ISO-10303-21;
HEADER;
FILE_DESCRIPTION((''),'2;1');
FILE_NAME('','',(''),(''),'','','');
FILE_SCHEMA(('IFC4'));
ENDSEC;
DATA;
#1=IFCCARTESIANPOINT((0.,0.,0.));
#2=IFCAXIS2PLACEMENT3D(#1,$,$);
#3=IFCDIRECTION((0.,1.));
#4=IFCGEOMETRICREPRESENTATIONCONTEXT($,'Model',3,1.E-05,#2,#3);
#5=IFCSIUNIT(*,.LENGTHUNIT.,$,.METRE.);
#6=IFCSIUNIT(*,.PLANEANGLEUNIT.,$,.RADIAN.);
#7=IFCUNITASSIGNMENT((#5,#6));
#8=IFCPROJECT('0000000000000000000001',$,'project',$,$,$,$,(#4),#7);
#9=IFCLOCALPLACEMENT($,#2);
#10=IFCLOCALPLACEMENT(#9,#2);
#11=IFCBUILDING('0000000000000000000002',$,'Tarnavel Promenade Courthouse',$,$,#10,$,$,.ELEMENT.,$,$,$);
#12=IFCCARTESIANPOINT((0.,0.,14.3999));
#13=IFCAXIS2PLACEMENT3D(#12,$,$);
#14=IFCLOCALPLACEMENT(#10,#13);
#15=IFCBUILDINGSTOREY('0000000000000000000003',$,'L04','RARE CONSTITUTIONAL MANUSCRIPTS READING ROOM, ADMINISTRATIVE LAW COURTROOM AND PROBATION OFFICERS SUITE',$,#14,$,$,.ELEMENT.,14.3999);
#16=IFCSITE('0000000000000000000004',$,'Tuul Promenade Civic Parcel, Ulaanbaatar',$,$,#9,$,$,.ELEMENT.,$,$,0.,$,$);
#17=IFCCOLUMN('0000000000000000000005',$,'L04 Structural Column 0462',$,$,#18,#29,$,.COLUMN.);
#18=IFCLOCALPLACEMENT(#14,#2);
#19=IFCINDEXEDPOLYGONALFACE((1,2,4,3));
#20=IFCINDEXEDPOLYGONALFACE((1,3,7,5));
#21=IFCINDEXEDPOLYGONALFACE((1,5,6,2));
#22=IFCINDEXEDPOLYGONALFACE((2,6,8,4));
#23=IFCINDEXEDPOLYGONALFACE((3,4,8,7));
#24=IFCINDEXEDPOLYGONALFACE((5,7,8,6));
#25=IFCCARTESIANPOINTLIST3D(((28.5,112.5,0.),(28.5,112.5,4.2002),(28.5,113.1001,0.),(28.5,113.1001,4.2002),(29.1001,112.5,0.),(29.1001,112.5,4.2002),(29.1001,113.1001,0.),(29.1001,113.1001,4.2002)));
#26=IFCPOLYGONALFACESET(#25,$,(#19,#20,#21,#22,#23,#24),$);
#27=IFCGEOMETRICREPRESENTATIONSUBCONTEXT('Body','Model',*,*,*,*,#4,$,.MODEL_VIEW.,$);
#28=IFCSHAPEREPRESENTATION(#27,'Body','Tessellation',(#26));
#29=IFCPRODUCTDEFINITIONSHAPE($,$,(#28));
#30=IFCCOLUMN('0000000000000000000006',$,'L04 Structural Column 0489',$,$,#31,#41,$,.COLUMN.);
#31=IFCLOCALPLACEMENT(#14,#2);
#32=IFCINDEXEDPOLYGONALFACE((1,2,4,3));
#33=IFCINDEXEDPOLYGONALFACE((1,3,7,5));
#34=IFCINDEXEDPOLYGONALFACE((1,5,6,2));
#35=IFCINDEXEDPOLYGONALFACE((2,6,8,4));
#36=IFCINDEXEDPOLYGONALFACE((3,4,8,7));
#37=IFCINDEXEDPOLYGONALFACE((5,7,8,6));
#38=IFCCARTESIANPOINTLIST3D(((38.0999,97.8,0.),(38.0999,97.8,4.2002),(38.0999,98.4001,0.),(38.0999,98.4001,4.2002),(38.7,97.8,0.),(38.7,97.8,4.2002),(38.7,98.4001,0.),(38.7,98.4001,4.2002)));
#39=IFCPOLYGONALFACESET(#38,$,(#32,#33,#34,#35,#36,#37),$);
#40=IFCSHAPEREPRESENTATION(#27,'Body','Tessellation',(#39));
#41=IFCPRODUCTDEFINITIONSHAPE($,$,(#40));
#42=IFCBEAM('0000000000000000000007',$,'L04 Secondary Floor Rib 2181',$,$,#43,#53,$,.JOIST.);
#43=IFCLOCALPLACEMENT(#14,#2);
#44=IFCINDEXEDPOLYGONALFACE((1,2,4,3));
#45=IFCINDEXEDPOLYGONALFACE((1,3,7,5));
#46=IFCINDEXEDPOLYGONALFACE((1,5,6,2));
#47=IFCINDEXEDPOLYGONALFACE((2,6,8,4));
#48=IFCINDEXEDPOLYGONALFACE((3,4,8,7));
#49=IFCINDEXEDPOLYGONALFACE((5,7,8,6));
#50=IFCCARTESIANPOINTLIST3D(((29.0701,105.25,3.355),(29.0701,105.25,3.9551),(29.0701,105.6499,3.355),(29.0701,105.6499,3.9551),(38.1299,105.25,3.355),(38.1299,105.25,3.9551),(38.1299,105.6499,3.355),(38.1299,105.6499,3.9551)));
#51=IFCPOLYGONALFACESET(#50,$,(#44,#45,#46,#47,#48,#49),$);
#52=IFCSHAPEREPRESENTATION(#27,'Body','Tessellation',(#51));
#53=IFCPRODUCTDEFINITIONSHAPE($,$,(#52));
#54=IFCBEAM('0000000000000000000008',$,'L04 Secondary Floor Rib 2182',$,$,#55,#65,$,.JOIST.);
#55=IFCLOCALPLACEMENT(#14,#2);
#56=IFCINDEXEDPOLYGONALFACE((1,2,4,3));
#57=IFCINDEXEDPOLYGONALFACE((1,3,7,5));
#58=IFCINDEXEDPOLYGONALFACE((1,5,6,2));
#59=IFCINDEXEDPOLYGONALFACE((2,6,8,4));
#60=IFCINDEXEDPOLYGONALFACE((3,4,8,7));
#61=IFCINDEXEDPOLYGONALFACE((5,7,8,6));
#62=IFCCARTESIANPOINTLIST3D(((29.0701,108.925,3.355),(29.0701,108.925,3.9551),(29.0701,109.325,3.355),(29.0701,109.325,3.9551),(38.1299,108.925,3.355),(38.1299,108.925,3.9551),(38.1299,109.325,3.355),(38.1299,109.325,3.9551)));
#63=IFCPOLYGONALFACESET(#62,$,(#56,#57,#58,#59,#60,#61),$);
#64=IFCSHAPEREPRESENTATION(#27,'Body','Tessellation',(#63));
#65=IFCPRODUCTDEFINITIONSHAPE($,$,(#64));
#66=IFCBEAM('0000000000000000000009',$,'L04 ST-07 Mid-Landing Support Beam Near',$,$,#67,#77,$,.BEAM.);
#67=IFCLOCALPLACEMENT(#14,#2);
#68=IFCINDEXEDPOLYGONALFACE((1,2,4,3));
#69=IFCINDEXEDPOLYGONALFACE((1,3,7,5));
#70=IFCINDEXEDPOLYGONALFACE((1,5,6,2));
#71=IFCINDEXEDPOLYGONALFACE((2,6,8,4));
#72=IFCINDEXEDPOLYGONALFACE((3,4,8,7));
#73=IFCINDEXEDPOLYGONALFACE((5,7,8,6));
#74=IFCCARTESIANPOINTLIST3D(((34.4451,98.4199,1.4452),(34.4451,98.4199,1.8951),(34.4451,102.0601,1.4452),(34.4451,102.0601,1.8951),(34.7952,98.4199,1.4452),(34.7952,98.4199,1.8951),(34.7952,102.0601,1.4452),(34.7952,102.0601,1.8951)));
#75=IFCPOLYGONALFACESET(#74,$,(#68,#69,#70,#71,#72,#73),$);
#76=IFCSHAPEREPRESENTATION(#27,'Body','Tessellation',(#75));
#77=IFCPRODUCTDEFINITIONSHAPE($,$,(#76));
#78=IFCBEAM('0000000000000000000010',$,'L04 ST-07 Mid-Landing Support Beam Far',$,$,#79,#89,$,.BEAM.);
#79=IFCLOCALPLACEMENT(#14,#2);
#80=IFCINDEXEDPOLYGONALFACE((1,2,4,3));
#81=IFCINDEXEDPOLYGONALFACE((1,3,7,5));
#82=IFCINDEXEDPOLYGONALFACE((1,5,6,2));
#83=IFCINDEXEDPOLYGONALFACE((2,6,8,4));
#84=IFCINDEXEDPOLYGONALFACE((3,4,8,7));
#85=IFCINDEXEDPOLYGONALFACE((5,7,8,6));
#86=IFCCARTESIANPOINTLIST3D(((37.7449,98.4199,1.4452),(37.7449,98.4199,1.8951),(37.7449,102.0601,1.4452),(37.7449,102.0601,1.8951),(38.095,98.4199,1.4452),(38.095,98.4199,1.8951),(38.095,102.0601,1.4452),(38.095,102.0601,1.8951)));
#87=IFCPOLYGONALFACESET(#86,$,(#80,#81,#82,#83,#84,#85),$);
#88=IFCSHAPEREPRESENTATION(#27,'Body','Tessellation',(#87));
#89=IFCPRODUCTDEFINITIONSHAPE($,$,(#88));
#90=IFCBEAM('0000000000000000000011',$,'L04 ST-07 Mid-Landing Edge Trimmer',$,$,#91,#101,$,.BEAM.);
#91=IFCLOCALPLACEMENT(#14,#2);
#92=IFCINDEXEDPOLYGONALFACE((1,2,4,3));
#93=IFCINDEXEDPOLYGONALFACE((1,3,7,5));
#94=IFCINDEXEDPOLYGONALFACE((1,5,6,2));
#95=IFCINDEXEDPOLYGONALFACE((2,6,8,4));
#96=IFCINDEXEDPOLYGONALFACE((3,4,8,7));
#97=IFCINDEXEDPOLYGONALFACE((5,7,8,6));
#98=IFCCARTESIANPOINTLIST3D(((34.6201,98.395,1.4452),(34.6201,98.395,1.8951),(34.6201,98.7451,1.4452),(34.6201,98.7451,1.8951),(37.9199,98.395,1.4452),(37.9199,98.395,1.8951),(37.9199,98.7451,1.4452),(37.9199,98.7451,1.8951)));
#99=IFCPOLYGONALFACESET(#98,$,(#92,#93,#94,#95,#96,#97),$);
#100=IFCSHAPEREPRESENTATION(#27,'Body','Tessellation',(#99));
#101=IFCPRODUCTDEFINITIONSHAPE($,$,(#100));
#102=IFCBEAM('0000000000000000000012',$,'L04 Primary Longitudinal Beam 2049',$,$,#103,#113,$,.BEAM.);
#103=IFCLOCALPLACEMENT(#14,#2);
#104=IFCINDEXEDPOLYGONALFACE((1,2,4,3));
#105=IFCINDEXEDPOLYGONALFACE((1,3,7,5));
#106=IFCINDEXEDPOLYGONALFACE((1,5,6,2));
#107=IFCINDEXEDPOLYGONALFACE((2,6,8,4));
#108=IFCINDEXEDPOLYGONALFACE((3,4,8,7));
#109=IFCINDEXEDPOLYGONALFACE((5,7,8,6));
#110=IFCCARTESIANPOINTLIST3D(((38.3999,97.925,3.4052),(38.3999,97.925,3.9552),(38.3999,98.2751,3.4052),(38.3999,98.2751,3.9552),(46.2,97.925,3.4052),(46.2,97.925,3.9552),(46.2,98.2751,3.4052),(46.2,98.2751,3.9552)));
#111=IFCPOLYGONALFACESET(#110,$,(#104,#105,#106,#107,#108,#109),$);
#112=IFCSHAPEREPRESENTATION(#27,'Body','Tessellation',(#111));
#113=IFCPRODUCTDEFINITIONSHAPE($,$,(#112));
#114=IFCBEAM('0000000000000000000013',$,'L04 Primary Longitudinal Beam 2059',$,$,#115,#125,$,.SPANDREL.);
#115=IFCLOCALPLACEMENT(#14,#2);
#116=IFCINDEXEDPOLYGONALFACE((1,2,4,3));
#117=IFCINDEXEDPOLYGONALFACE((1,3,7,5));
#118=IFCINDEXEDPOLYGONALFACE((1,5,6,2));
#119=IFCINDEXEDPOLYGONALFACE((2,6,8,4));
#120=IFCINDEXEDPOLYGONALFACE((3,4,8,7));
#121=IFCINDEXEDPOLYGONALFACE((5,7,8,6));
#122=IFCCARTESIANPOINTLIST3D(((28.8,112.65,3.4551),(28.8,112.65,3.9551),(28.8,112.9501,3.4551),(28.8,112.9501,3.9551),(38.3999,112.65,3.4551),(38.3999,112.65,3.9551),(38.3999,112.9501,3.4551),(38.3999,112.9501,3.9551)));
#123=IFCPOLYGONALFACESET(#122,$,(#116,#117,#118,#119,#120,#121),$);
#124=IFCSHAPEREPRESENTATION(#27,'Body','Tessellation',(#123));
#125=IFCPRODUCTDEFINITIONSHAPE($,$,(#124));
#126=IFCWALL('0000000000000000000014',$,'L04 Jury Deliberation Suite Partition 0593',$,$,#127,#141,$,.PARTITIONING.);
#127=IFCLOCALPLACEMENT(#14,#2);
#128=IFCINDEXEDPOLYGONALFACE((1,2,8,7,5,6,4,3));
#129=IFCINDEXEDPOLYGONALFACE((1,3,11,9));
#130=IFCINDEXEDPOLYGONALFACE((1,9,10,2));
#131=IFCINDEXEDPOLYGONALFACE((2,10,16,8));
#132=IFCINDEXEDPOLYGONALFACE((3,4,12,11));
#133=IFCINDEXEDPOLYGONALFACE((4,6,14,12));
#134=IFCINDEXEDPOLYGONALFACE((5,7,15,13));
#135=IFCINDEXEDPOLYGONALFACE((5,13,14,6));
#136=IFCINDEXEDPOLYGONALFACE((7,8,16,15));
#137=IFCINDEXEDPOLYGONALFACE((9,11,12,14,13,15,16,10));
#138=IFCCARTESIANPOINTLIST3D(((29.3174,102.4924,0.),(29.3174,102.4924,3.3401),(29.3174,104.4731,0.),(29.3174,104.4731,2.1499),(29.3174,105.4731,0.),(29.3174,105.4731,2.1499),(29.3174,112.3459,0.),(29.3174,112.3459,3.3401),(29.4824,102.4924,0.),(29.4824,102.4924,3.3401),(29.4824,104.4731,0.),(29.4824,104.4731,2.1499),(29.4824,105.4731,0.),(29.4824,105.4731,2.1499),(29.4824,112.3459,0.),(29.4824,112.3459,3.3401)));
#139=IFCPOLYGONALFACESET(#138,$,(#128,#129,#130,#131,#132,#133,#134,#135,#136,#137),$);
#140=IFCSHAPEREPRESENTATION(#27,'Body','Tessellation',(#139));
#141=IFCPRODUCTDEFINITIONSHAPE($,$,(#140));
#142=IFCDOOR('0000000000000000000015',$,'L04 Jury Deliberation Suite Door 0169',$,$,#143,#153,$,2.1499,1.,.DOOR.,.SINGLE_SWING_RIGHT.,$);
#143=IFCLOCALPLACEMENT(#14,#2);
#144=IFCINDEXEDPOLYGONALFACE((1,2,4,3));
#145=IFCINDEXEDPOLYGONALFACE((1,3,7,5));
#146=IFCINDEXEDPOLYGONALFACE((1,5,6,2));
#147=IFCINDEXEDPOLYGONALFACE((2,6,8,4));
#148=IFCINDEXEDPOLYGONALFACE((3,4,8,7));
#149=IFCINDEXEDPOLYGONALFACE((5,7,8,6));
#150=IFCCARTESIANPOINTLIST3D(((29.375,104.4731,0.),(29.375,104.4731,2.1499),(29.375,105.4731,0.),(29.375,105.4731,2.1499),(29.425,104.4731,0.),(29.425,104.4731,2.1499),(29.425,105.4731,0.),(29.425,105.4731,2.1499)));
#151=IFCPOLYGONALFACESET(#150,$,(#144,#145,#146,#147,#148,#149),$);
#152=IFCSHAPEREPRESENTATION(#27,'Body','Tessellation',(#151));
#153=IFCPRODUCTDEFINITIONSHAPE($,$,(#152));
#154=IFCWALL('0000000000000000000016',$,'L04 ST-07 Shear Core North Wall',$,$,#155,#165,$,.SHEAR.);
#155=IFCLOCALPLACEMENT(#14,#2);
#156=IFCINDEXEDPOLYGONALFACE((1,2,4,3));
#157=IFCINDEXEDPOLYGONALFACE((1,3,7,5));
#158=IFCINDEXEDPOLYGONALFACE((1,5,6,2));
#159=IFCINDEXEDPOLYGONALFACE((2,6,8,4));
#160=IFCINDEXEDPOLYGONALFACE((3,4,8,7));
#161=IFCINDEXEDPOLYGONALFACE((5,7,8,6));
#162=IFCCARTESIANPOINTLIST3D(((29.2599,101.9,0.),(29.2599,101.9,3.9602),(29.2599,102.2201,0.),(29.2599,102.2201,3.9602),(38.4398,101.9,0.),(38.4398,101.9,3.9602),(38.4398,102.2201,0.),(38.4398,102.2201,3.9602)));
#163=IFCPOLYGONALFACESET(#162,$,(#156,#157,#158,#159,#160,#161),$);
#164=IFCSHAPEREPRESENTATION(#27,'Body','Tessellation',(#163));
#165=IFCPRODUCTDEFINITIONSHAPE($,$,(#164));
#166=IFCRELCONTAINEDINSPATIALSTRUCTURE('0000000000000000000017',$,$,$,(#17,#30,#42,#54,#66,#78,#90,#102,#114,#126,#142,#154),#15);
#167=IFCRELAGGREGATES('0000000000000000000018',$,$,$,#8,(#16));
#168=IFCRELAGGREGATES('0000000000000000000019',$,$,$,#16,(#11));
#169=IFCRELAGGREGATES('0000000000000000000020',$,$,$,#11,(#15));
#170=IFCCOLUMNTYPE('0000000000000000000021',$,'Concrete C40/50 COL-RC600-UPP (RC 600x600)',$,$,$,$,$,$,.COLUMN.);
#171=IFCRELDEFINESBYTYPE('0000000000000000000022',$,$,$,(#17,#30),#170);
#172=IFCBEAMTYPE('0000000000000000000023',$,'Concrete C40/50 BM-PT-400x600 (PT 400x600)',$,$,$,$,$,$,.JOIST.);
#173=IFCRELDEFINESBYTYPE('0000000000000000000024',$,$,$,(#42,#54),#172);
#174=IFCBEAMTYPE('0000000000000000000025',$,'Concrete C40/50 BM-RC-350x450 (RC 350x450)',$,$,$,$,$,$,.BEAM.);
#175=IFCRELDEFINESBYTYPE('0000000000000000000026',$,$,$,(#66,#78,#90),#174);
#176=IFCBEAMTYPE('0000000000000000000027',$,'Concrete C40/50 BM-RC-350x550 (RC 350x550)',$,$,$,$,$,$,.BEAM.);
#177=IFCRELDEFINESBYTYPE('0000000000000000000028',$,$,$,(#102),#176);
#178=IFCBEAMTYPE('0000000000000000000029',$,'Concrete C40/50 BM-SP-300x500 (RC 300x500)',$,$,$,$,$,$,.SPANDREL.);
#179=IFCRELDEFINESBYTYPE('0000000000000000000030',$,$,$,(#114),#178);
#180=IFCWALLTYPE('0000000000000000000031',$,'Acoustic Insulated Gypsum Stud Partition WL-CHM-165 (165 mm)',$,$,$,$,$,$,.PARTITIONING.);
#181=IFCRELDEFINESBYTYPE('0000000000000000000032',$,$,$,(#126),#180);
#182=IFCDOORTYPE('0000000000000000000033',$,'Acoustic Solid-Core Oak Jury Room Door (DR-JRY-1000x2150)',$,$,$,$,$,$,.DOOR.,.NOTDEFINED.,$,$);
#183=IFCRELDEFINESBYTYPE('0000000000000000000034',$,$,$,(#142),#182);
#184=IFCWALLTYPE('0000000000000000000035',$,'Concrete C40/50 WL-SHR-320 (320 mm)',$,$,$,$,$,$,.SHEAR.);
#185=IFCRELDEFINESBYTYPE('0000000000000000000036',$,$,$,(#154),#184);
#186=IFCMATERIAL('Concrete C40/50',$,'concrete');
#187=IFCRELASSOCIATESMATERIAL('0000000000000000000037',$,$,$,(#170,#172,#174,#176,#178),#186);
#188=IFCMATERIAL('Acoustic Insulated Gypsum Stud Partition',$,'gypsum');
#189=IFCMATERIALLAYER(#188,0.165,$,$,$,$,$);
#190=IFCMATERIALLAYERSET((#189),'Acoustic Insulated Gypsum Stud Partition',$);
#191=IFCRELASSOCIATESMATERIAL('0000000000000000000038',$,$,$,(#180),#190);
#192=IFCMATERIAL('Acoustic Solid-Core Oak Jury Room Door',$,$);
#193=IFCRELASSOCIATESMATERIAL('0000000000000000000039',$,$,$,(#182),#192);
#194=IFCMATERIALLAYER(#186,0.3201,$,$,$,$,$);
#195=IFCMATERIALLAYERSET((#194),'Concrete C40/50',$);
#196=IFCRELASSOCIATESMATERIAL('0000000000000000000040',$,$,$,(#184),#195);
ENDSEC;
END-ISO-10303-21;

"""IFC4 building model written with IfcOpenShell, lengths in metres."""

from ifc_helpers import new_model, si_unit, direction, frame, frame_2d, origin, origin_2d, place, context, subcontext, project, spatial, rectangle, extrude, material, layer, layer_set, material_profile, profile_set, type_object, element, fill, save


model = new_model("IFC4")

# Units and contexts
model_context = context("Model", 3, precision=1e-05, world=origin(), true_north=direction((0.0, 1.0)))
body_context = subcontext(model_context, "Body", "Model", "MODEL_VIEW")
ifc_project = project(units=[si_unit("LENGTHUNIT", "METRE"), si_unit("PLANEANGLEUNIT", "RADIAN")], contexts=[model_context])

# Site, building, storey
site_placement = place(None, origin())
site = spatial("IfcSite", under=ifc_project, at=site_placement, Name="Tuul Promenade Civic Parcel, Ulaanbaatar", CompositionType="ELEMENT", RefElevation=0.0)
building_placement = place(site_placement, origin())
building = spatial("IfcBuilding", under=site, at=building_placement, Name="Tarnavel Promenade Courthouse", CompositionType="ELEMENT")
storey_placement = place(building_placement, frame((0.0, 0.0, 14.3999)))
storey = spatial("IfcBuildingStorey", under=building, at=storey_placement, Name="L04", Description="RARE CONSTITUTIONAL MANUSCRIPTS READING ROOM, ADMINISTRATIVE LAW COURTROOM AND PROBATION OFFICERS SUITE", CompositionType="ELEMENT", Elevation=14.3999)

# Columns
ifc_material_1 = material(Name="Concrete C40/50", Category="concrete")
ifc_material_profile_1 = material_profile(ifc_material_1, rectangle(XDim=0.6001, YDim=0.6001, at=origin_2d()), Name="RC 600x600")
ifc_profile_set_1 = profile_set([ifc_material_profile_1], Name="Concrete C40/50")
column_type = type_object("IfcColumnType", Name="Concrete C40/50 COL-RC600-UPP (RC 600x600)", PredefinedType="COLUMN", material=ifc_profile_set_1)
for number, where, z_axis, x_axis, name in (
    (1, (28.8, 112.8, 0.0), (0.0, 0.0, 1.0), (1.0, 0.0, 0.0), "L04 Structural Column 0462"),
    (2, (38.3999, 98.1001, 0.0), (0.0, 0.0, 1.0), (1.0, 0.0, 0.0), "L04 Structural Column 0489"),
):
    element("IfcColumn", number, at=place(storey_placement, frame(where, z_axis=z_axis, x_axis=x_axis)), inside=storey, type_object=column_type, Name=name, PredefinedType="COLUMN", context=body_context, shape_type="SweptSolid", body=[
        extrude(rectangle(XDim=0.6001, YDim=0.6001, at=origin_2d()), origin(), (0.0, 0.0, 1.0), 4.2002),
    ])

# Beams
ifc_material_profile_2 = material_profile(ifc_material_1, rectangle(XDim=0.3999, YDim=0.6001, at=origin_2d()), Name="PT 400x600")
ifc_profile_set_2 = profile_set([ifc_material_profile_2], Name="Concrete C40/50")
beam_type_1 = type_object("IfcBeamType", Name="Concrete C40/50 BM-PT-400x600 (PT 400x600)", PredefinedType="JOIST", material=ifc_profile_set_2)
for number, where, z_axis, x_axis, name in (
    (3, (29.0701, 105.45, 3.655), (1.0, 0.0, 0.0), (0.0, 1.0, 0.0), "L04 Secondary Floor Rib 2181"),
    (4, (29.0701, 109.125, 3.655), (1.0, 0.0, 0.0), (0.0, 1.0, 0.0), "L04 Secondary Floor Rib 2182"),
):
    element("IfcBeam", number, at=place(storey_placement, frame(where, z_axis=z_axis, x_axis=x_axis)), inside=storey, type_object=beam_type_1, Name=name, PredefinedType="JOIST", context=body_context, shape_type="SweptSolid", body=[
        extrude(rectangle(XDim=0.3999, YDim=0.6001, at=origin_2d()), origin(), (0.0, 0.0, 1.0), 9.0598),
    ])
ifc_material_profile_3 = material_profile(ifc_material_1, rectangle(XDim=0.3501, YDim=0.45, at=origin_2d()), Name="RC 350x450")
ifc_profile_set_3 = profile_set([ifc_material_profile_3], Name="Concrete C40/50")
beam_type_2 = type_object("IfcBeamType", Name="Concrete C40/50 BM-RC-350x450 (RC 350x450)", PredefinedType="BEAM", material=ifc_profile_set_3)
for number, where, z_axis, x_axis, name in (
    (5, (34.6201, 98.4199, 1.6702), (0.0, 1.0, 0.0), (-1.0, 0.0, 0.0), "L04 ST-07 Mid-Landing Support Beam Near"),
    (6, (37.9199, 98.4199, 1.6702), (0.0, 1.0, 0.0), (-1.0, 0.0, 0.0), "L04 ST-07 Mid-Landing Support Beam Far"),
):
    element("IfcBeam", number, at=place(storey_placement, frame(where, z_axis=z_axis, x_axis=x_axis)), inside=storey, type_object=beam_type_2, Name=name, PredefinedType="BEAM", context=body_context, shape_type="SweptSolid", body=[
        extrude(rectangle(XDim=0.3501, YDim=0.45, at=origin_2d()), origin(), (0.0, 0.0, 1.0), 3.6401),
    ])
beam_1_placement = place(storey_placement, frame((34.6201, 98.5701, 1.6702), z_axis=(1.0, 0.0, 0.0), x_axis=(0.0, 1.0, 0.0)))
element("IfcBeam", 7, at=beam_1_placement, inside=storey, type_object=beam_type_2, Name="L04 ST-07 Mid-Landing Edge Trimmer", PredefinedType="BEAM", context=body_context, shape_type="SweptSolid", body=[
    extrude(rectangle(XDim=0.3501, YDim=0.45, at=origin_2d()), origin(), (0.0, 0.0, 1.0), 3.2998),
])
ifc_material_profile_4 = material_profile(ifc_material_1, rectangle(XDim=0.3501, YDim=0.55, at=origin_2d()), Name="RC 350x550")
ifc_profile_set_4 = profile_set([ifc_material_profile_4], Name="Concrete C40/50")
beam_type_3 = type_object("IfcBeamType", Name="Concrete C40/50 BM-RC-350x550 (RC 350x550)", PredefinedType="BEAM", material=ifc_profile_set_4)
beam_2_placement = place(storey_placement, frame((38.3999, 98.1001, 3.6802), z_axis=(1.0, 0.0, 0.0), x_axis=(0.0, 1.0, 0.0)))
element("IfcBeam", 8, at=beam_2_placement, inside=storey, type_object=beam_type_3, Name="L04 Primary Longitudinal Beam 2049", PredefinedType="BEAM", context=body_context, shape_type="SweptSolid", body=[
    extrude(rectangle(XDim=0.3501, YDim=0.55, at=origin_2d()), origin(), (0.0, 0.0, 1.0), 7.8),
])
ifc_material_profile_5 = material_profile(ifc_material_1, rectangle(XDim=0.3, YDim=0.5, at=origin_2d()), Name="RC 300x500")
ifc_profile_set_5 = profile_set([ifc_material_profile_5], Name="Concrete C40/50")
beam_type_4 = type_object("IfcBeamType", Name="Concrete C40/50 BM-SP-300x500 (RC 300x500)", PredefinedType="SPANDREL", material=ifc_profile_set_5)
beam_3_placement = place(storey_placement, frame((28.8, 112.8, 3.7051), z_axis=(1.0, 0.0, 0.0), x_axis=(0.0, 1.0, 0.0)))
element("IfcBeam", 9, at=beam_3_placement, inside=storey, type_object=beam_type_4, Name="L04 Primary Longitudinal Beam 2059", PredefinedType="SPANDREL", context=body_context, shape_type="SweptSolid", body=[
    extrude(rectangle(XDim=0.3, YDim=0.5, at=origin_2d()), origin(), (0.0, 0.0, 1.0), 9.5999),
])

# Wall, opening, door
ifc_material_2 = material(Name="Acoustic Insulated Gypsum Stud Partition", Category="gypsum")
ifc_layer_1 = layer(ifc_material_2, 0.165)
ifc_layer_set_1 = layer_set([ifc_layer_1], Name="Acoustic Insulated Gypsum Stud Partition")
wall_type_1 = type_object("IfcWallType", Name="Acoustic Insulated Gypsum Stud Partition WL-CHM-165 (165 mm)", PredefinedType="PARTITIONING", material=ifc_layer_set_1)
wall_1_placement = place(storey_placement, frame((29.3999, 102.4924, 0.0), z_axis=(0.0, 0.0, 1.0), x_axis=(0.0, 1.0, 0.0)))
wall_1 = element("IfcWall", 10, at=wall_1_placement, inside=storey, type_object=wall_type_1, Name="L04 Jury Deliberation Suite Partition 0593", PredefinedType="PARTITIONING", context=body_context, shape_type="SweptSolid", body=[
    extrude(rectangle(XDim=9.8535, YDim=0.165, at=frame_2d((4.9268, 0.0))), origin(), (0.0, 0.0, 1.0), 3.3401),
])
opening_1_placement = place(wall_1_placement, frame((1.9807, 0.0, 0.0)))
opening_1 = element("IfcOpeningElement", 11, at=opening_1_placement, cuts=wall_1, PredefinedType="OPENING", context=body_context, shape_type="SweptSolid", body=[
    extrude(rectangle(XDim=1.0, YDim=2.1499, at=frame_2d((0.5, 1.075))), frame((0.0, 0.0925, 0.0), z_axis=(0.0, -1.0, 0.0), x_axis=(1.0, 0.0, 0.0)), (0.0, 0.0, 1.0), 0.1851),
])
ifc_material_3 = material(Name="Acoustic Solid-Core Oak Jury Room Door")
door_type_1 = type_object("IfcDoorType", Name="Acoustic Solid-Core Oak Jury Room Door (DR-JRY-1000x2150)", OperationType="NOTDEFINED", PredefinedType="DOOR", material=ifc_material_3)
door_1_placement = place(opening_1_placement, origin())
door_1 = element("IfcDoor", 12, at=door_1_placement, inside=storey, type_object=door_type_1, Name="L04 Jury Deliberation Suite Door 0169", OperationType="SINGLE_SWING_RIGHT", OverallHeight=2.1499, OverallWidth=1.0, PredefinedType="DOOR", context=body_context, shape_type="SweptSolid", body=[
    extrude(rectangle(XDim=1.0, YDim=2.1499, at=frame_2d((0.5, 1.075))), frame((0.0, 0.0249, 0.0), z_axis=(0.0, -1.0, 0.0), x_axis=(1.0, 0.0, 0.0)), (0.0, 0.0, 1.0), 0.05),
])
fill(opening_1, door_1)

# Wall
ifc_layer_2 = layer(ifc_material_1, 0.3201)
ifc_layer_set_2 = layer_set([ifc_layer_2], Name="Concrete C40/50")
wall_type_2 = type_object("IfcWallType", Name="Concrete C40/50 WL-SHR-320 (320 mm)", PredefinedType="SHEAR", material=ifc_layer_set_2)
wall_2_placement = place(storey_placement, frame((29.26, 102.0601, 0.0), z_axis=(0.0, 0.0, 1.0), x_axis=(1.0, 0.0, 0.0)))
element("IfcWall", 13, at=wall_2_placement, inside=storey, type_object=wall_type_2, Name="L04 ST-07 Shear Core North Wall", PredefinedType="SHEAR", context=body_context, shape_type="SweptSolid", body=[
    extrude(rectangle(XDim=9.1799, YDim=0.3201, at=frame_2d((4.5898, 0.0))), origin(), (0.0, 0.0, 1.0), 3.9602),
])

save(model, "model.ifc")
